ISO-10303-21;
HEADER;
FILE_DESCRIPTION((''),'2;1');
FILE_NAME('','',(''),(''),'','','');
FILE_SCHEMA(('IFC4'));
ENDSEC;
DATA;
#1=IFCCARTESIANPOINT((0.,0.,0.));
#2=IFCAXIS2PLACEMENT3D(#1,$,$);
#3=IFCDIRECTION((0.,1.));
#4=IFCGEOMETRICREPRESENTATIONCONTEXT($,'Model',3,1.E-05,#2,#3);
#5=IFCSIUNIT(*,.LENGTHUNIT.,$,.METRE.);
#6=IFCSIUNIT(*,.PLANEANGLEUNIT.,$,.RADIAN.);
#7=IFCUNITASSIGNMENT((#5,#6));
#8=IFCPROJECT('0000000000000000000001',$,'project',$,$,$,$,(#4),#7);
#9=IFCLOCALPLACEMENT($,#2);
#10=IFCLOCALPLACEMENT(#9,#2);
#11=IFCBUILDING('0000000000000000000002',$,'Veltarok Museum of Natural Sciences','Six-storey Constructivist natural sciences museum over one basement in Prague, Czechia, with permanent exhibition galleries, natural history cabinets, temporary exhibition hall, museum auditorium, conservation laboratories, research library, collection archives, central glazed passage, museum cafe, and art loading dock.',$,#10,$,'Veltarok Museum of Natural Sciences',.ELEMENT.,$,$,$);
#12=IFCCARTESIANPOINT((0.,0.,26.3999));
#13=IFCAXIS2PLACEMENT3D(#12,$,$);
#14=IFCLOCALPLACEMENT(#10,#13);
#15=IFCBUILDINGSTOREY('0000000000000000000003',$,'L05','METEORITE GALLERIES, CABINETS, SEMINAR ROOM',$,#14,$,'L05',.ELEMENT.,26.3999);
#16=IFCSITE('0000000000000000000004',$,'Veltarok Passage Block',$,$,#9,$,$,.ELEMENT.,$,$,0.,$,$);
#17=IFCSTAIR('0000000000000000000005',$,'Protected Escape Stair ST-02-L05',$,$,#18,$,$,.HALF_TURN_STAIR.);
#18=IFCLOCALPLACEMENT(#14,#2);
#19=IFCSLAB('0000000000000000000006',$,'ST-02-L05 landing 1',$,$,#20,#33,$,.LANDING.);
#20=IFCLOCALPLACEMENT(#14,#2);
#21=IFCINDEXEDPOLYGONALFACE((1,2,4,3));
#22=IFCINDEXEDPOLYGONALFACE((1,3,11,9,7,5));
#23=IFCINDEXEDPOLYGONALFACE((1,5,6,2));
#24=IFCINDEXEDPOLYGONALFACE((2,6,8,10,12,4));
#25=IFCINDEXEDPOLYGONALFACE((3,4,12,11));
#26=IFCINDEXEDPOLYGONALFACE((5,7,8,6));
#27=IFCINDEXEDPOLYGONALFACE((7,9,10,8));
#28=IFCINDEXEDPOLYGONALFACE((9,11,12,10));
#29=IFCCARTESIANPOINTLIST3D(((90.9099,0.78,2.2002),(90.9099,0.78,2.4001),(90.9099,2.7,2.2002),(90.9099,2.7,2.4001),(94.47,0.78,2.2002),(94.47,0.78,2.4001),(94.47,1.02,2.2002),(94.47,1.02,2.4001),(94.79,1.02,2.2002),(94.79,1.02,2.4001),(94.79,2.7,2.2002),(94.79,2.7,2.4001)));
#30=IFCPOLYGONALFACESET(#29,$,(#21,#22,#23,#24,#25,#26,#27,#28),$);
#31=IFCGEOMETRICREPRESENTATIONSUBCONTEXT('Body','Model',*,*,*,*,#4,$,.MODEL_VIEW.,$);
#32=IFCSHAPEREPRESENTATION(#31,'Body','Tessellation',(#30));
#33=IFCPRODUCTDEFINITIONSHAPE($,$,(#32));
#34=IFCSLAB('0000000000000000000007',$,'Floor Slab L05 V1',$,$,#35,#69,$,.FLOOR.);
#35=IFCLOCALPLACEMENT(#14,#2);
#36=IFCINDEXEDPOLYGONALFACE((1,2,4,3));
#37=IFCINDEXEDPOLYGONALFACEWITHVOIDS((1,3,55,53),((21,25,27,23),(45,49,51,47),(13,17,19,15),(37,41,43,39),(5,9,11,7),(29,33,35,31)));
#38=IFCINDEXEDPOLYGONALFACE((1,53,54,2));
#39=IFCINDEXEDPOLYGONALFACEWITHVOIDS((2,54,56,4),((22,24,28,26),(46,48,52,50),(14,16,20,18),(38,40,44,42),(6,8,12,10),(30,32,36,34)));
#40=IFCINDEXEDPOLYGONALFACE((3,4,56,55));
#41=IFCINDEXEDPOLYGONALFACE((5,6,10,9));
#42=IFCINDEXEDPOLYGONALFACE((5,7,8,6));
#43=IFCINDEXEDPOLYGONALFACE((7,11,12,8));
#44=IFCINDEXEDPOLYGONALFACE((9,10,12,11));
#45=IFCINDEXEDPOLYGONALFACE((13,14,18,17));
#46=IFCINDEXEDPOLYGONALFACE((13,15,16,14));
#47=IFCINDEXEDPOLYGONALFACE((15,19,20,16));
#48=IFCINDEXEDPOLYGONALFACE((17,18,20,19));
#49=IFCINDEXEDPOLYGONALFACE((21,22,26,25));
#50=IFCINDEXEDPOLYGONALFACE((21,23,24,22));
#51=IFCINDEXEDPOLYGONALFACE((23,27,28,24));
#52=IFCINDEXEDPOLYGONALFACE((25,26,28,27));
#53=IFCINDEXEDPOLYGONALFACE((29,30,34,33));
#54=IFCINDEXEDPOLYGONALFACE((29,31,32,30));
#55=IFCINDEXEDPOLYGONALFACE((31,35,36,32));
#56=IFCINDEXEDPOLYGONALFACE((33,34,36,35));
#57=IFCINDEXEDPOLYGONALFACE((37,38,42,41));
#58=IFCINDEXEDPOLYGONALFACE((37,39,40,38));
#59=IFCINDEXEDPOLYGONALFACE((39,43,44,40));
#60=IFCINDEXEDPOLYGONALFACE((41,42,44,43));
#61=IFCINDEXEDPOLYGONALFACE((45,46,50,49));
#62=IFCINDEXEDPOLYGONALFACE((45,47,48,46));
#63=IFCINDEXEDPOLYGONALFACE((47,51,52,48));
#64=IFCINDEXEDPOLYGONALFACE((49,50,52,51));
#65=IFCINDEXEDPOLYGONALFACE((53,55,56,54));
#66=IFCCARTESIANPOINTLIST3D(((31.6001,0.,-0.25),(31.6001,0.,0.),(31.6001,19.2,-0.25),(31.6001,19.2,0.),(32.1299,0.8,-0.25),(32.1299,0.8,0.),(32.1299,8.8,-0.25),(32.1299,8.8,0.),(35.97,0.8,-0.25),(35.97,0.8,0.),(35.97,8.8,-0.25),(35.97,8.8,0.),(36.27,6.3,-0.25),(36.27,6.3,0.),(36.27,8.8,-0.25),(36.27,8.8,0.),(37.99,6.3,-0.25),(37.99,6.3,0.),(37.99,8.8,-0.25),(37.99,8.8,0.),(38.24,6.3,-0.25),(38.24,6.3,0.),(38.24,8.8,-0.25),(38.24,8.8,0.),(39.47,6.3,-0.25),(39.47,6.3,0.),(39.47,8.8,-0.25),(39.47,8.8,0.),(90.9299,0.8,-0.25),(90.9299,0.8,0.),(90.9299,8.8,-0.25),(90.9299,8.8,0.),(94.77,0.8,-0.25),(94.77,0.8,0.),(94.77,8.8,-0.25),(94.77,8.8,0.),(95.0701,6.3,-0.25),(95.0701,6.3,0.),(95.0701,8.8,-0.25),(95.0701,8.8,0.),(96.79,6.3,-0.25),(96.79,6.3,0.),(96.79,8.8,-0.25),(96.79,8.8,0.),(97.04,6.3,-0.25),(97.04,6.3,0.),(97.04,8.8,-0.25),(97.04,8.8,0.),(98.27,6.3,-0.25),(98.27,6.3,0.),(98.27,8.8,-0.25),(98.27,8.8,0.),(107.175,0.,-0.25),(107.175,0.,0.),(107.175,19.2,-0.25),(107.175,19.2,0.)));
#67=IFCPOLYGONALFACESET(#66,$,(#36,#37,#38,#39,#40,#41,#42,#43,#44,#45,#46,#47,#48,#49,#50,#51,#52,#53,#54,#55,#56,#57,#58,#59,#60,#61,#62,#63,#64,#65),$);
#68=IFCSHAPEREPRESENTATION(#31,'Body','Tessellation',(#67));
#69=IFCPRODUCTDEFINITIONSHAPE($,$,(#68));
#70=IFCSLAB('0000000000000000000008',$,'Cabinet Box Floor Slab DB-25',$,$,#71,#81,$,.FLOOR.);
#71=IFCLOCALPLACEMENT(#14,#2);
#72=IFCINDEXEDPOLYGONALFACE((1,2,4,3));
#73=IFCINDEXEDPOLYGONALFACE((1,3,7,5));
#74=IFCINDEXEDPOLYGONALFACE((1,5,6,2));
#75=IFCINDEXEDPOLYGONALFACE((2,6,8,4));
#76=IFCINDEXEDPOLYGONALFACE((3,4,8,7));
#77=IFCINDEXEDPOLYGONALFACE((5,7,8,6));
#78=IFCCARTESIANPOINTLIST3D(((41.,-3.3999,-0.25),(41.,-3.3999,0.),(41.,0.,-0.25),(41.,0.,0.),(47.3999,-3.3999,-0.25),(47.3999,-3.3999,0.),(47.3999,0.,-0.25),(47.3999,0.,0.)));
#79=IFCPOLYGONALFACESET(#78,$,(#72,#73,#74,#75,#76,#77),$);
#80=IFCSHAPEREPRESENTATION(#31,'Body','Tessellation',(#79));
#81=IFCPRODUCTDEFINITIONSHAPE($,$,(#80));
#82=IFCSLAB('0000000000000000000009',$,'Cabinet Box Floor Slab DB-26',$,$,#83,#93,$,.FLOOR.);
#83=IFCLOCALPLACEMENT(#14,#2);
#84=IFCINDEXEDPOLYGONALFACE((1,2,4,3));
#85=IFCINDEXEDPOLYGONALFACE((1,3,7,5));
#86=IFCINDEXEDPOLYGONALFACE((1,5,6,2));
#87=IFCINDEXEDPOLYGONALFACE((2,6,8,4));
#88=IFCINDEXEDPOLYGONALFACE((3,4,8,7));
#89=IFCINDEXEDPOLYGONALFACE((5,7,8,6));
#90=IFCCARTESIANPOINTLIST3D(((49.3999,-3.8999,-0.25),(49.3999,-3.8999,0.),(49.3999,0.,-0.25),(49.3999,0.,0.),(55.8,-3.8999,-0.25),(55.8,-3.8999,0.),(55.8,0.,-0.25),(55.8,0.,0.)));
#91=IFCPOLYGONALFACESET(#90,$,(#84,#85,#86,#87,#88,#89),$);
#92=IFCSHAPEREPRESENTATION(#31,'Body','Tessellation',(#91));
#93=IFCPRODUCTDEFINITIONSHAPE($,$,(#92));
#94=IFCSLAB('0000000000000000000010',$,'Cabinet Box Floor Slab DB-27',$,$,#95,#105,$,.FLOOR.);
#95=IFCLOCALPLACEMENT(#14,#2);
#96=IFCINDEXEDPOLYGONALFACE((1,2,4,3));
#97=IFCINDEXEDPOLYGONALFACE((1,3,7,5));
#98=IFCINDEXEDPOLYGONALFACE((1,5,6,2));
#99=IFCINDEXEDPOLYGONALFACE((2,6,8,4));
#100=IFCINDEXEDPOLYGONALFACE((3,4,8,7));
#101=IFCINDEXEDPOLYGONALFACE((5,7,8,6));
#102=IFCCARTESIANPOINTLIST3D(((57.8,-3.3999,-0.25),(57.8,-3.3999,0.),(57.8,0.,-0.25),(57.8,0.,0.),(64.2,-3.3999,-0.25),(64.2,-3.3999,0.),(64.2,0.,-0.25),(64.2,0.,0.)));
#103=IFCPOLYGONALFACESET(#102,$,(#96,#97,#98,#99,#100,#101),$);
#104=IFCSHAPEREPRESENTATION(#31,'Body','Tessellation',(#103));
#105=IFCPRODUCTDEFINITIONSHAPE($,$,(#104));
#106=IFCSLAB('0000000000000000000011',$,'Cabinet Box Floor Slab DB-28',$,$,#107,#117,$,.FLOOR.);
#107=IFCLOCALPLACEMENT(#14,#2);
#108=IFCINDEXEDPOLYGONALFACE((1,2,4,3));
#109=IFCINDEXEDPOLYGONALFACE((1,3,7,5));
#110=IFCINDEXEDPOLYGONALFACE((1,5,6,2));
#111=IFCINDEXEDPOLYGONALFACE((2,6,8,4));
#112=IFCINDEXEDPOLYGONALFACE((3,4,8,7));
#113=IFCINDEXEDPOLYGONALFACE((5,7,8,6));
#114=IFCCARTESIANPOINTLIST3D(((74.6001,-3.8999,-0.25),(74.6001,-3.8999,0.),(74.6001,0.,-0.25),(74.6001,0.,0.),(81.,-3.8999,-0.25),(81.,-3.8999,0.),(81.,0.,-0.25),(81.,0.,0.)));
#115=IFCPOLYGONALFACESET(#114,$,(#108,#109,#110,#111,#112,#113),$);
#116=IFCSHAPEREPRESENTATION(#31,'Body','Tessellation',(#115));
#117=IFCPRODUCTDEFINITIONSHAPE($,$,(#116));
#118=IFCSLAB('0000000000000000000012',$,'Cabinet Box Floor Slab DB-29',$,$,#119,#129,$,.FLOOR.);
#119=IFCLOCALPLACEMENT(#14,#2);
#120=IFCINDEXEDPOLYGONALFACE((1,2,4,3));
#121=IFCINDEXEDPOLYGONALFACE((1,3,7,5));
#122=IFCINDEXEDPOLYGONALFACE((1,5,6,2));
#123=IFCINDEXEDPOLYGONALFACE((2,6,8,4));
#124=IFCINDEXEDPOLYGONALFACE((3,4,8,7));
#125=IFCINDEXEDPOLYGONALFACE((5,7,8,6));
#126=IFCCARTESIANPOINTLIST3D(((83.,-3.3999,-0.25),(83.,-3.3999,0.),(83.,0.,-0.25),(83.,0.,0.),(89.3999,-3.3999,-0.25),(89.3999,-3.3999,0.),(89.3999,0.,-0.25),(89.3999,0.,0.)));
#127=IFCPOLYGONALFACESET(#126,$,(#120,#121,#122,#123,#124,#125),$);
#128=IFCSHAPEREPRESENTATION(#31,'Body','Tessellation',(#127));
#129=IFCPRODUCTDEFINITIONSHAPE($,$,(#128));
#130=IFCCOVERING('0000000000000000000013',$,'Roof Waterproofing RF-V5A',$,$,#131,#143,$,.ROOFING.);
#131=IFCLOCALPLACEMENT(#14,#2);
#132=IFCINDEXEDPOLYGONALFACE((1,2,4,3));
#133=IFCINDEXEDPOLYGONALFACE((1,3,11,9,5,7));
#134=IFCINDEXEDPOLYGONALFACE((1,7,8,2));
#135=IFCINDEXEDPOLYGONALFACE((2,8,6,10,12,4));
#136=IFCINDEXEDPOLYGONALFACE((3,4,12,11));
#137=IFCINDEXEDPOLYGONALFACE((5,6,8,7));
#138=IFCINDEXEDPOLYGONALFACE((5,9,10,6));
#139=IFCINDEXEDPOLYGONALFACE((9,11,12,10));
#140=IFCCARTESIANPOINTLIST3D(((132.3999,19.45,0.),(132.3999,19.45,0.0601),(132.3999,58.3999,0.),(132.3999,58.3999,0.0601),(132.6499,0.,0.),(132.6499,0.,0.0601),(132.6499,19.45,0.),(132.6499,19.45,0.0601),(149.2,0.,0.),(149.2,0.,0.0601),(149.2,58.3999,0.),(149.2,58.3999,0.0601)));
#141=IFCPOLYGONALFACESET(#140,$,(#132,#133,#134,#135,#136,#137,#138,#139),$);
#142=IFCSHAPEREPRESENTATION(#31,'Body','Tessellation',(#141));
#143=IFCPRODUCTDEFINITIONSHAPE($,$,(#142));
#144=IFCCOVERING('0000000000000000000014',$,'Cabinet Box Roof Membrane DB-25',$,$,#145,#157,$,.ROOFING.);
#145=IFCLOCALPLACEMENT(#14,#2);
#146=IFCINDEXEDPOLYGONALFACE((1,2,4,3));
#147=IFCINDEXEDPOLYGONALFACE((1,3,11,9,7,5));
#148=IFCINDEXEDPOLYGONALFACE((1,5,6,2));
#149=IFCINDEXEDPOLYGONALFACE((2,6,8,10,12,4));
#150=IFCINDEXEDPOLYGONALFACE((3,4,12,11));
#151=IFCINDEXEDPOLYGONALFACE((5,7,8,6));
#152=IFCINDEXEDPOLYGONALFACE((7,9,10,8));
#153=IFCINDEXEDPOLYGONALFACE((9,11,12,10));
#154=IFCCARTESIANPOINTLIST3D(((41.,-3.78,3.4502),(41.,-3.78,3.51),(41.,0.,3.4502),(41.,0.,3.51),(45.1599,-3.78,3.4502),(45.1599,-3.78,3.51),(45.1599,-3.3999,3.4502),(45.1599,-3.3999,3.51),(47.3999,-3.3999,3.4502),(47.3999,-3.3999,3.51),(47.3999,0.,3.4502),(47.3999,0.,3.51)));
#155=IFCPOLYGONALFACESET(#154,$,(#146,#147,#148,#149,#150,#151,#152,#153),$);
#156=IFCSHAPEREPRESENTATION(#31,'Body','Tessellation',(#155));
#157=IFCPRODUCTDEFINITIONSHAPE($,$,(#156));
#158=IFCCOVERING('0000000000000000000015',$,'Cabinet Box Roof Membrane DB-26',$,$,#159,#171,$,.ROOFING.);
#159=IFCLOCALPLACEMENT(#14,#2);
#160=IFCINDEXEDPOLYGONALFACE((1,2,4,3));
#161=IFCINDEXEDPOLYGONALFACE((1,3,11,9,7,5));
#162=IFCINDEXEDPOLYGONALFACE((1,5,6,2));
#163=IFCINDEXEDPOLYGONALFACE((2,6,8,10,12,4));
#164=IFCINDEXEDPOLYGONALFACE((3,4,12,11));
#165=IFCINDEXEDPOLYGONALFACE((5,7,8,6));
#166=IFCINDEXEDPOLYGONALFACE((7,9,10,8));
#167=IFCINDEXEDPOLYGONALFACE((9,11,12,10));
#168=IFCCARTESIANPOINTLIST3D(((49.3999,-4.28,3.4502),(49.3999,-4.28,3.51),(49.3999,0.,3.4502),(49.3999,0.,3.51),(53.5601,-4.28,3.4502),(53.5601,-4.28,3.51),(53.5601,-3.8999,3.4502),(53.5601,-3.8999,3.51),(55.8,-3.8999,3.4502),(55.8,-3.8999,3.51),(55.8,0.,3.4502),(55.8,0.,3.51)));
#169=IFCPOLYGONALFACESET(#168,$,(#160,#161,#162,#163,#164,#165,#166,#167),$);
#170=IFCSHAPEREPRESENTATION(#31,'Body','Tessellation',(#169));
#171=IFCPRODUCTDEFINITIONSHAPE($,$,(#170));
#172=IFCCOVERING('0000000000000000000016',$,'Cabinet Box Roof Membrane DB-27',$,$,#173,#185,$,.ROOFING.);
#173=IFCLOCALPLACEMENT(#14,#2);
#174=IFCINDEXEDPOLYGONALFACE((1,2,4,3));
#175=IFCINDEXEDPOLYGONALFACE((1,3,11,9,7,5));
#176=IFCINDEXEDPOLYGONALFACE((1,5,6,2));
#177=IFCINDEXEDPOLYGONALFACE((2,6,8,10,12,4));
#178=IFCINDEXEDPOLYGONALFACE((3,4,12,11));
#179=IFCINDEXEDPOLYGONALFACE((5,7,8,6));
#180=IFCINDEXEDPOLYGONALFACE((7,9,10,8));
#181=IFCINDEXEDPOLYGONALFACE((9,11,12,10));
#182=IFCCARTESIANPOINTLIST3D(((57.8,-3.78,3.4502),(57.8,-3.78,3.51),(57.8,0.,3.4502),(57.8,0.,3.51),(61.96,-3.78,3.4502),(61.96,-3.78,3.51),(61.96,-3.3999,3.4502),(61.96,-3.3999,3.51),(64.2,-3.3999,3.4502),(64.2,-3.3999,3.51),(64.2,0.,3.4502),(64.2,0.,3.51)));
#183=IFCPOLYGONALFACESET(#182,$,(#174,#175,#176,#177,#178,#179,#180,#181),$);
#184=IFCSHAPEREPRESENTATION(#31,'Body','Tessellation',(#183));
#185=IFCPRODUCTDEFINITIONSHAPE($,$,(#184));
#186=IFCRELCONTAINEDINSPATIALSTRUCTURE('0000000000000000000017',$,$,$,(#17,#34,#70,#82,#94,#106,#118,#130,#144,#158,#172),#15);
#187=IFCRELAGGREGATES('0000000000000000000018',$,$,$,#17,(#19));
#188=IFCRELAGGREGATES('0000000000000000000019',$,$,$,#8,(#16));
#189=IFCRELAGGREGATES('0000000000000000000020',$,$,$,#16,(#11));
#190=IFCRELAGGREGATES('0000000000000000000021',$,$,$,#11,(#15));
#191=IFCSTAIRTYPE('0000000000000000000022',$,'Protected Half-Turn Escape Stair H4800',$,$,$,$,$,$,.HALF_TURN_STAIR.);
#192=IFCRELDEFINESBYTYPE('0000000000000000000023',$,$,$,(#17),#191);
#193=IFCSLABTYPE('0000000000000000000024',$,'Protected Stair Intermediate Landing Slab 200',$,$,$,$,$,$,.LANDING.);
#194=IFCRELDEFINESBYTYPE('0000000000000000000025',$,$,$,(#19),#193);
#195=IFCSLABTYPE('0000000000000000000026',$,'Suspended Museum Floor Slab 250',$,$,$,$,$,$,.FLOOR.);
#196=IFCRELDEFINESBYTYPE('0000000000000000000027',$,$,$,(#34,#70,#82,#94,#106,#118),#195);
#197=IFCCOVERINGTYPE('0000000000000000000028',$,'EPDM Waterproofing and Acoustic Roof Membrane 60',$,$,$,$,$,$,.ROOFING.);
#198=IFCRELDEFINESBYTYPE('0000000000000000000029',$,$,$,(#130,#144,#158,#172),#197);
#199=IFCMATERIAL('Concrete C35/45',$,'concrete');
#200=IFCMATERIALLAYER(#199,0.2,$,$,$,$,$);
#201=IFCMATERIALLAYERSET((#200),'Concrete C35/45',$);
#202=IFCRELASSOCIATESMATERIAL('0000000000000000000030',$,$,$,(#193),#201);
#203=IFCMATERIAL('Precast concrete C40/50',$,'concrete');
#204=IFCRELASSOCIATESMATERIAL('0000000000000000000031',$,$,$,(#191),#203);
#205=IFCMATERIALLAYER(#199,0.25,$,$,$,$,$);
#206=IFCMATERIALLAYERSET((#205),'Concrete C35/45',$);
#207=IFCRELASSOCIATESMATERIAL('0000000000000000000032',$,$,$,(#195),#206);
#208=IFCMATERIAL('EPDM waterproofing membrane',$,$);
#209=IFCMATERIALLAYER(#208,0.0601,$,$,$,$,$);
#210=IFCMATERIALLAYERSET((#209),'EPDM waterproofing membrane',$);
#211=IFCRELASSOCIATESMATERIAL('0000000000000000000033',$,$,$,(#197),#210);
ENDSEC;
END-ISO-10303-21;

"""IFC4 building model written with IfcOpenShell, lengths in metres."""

from ifc_helpers import new_model, si_unit, direction, frame, origin, place, context, subcontext, project, spatial, polyline, outline, extrude, material, layer, layer_set, type_object, element, aggregate, save


model = new_model("IFC4")

# Units and contexts
model_context = context("Model", 3, precision=1e-05, world=origin(), true_north=direction((0.0, 1.0)))
body_context = subcontext(model_context, "Body", "Model", "MODEL_VIEW")
ifc_project = project(units=[si_unit("LENGTHUNIT", "METRE"), si_unit("PLANEANGLEUNIT", "RADIAN")], contexts=[model_context])

# Site, building, storey
site_placement = place(None, origin())
site = spatial("IfcSite", under=ifc_project, at=site_placement, Name="Veltarok Passage Block", CompositionType="ELEMENT", RefElevation=0.0)
building_placement = place(site_placement, origin())
building = spatial("IfcBuilding", under=site, at=building_placement, Name="Veltarok Museum of Natural Sciences", Description="Six-storey Constructivist natural sciences museum over one basement in Prague, Czechia, with permanent exhibition galleries, natural history cabinets, temporary exhibition hall, museum auditorium, conservation laboratories, research library, collection archives, central glazed passage, museum cafe, and art loading dock.", LongName="Veltarok Museum of Natural Sciences", CompositionType="ELEMENT")
storey_placement = place(building_placement, frame((0.0, 0.0, 26.3999)))
storey = spatial("IfcBuildingStorey", under=building, at=storey_placement, Name="L05", Description="METEORITE GALLERIES, CABINETS, SEMINAR ROOM", LongName="L05", CompositionType="ELEMENT", Elevation=26.3999)

# Shared definitions
ifc_material_1 = material(Name="Concrete C35/45", Category="concrete")

# Shared definitions
ifc_layer_1 = layer(ifc_material_1, 0.2)
ifc_layer_set_1 = layer_set([ifc_layer_1], Name="Concrete C35/45")
slab_type_1 = type_object("IfcSlabType", Name="Protected Stair Intermediate Landing Slab 200", PredefinedType="LANDING", material=ifc_layer_set_1)

# Shared definitions
ifc_material_2 = material(Name="Precast concrete C40/50", Category="concrete")
stair_type = type_object("IfcStairType", Name="Protected Half-Turn Escape Stair H4800", PredefinedType="HALF_TURN_STAIR", material=ifc_material_2)

# Stair, slab
stair_1_placement = place(storey_placement, origin())
stair_1 = element("IfcStair", 1, at=stair_1_placement, inside=storey, type_object=stair_type, Name="Protected Escape Stair ST-02-L05", PredefinedType="HALF_TURN_STAIR")
slab_1_placement = place(storey_placement, frame((0.0, 0.0, 2.2002)))
slab_1 = element("IfcSlab", 2, at=slab_1_placement, type_object=slab_type_1, Name="ST-02-L05 landing 1", PredefinedType="LANDING", context=body_context, shape_type="SweptSolid", body=[
    extrude(outline(polyline([(90.9099, 0.78), (94.47, 0.78), (94.47, 1.02), (94.79, 1.02), (94.79, 2.7), (90.9099, 2.7), (90.9099, 0.78)])), origin(), (0.0, 0.0, 1.0), 0.2),
])
aggregate(stair_1, [slab_1])

# Slabs
ifc_layer_2 = layer(ifc_material_1, 0.25)
ifc_layer_set_2 = layer_set([ifc_layer_2], Name="Concrete C35/45")
slab_type_2 = type_object("IfcSlabType", Name="Suspended Museum Floor Slab 250", PredefinedType="FLOOR", material=ifc_layer_set_2)
slab_2_placement = place(storey_placement, frame((0.0, 0.0, -0.25)))
element("IfcSlab", 3, at=slab_2_placement, inside=storey, type_object=slab_type_2, Name="Floor Slab L05 V1", PredefinedType="FLOOR", context=body_context, shape_type="SweptSolid", body=[
    extrude(outline(polyline([(31.6001, 0.0), (31.6001, 19.2), (107.175, 19.2), (107.175, 0.0), (31.6001, 0.0)]), holes=[polyline([(32.1299, 0.8), (35.97, 0.8), (35.97, 8.8), (32.1299, 8.8), (32.1299, 0.8)]), polyline([(90.9299, 8.8), (90.9299, 0.8), (94.77, 0.8), (94.77, 8.8), (90.9299, 8.8)]), polyline([(36.27, 8.8), (36.27, 6.3), (37.99, 6.3), (37.99, 8.8), (36.27, 8.8)]), polyline([(38.24, 6.3), (39.47, 6.3), (39.47, 8.8), (38.24, 8.8), (38.24, 6.3)]), polyline([(95.0701, 8.8), (95.0701, 6.3), (96.79, 6.3), (96.79, 8.8), (95.0701, 8.8)]), polyline([(97.04, 8.8), (97.04, 6.3), (98.27, 6.3), (98.27, 8.8), (97.04, 8.8)])]), origin(), (0.0, 0.0, 1.0), 0.25),
])
slab_3_placement = place(storey_placement, frame((0.0, 0.0, -0.25)))
element("IfcSlab", 4, at=slab_3_placement, inside=storey, type_object=slab_type_2, Name="Cabinet Box Floor Slab DB-25", PredefinedType="FLOOR", context=body_context, shape_type="SweptSolid", body=[
    extrude(outline(polyline([(41.0, -3.3999), (47.3999, -3.3999), (47.3999, 0.0), (41.0, 0.0), (41.0, -3.3999)])), origin(), (0.0, 0.0, 1.0), 0.25),
])
slab_4_placement = place(storey_placement, frame((0.0, 0.0, -0.25)))
element("IfcSlab", 5, at=slab_4_placement, inside=storey, type_object=slab_type_2, Name="Cabinet Box Floor Slab DB-26", PredefinedType="FLOOR", context=body_context, shape_type="SweptSolid", body=[
    extrude(outline(polyline([(49.3999, -3.8999), (55.8, -3.8999), (55.8, 0.0), (49.3999, 0.0), (49.3999, -3.8999)])), origin(), (0.0, 0.0, 1.0), 0.25),
])
slab_5_placement = place(storey_placement, frame((0.0, 0.0, -0.25)))
element("IfcSlab", 6, at=slab_5_placement, inside=storey, type_object=slab_type_2, Name="Cabinet Box Floor Slab DB-27", PredefinedType="FLOOR", context=body_context, shape_type="SweptSolid", body=[
    extrude(outline(polyline([(57.8, -3.3999), (64.2, -3.3999), (64.2, 0.0), (57.8, 0.0), (57.8, -3.3999)])), origin(), (0.0, 0.0, 1.0), 0.25),
])
slab_6_placement = place(storey_placement, frame((0.0, 0.0, -0.25)))
element("IfcSlab", 7, at=slab_6_placement, inside=storey, type_object=slab_type_2, Name="Cabinet Box Floor Slab DB-28", PredefinedType="FLOOR", context=body_context, shape_type="SweptSolid", body=[
    extrude(outline(polyline([(74.6001, -3.8999), (81.0, -3.8999), (81.0, 0.0), (74.6001, 0.0), (74.6001, -3.8999)])), origin(), (0.0, 0.0, 1.0), 0.25),
])
slab_7_placement = place(storey_placement, frame((0.0, 0.0, -0.25)))
element("IfcSlab", 8, at=slab_7_placement, inside=storey, type_object=slab_type_2, Name="Cabinet Box Floor Slab DB-29", PredefinedType="FLOOR", context=body_context, shape_type="SweptSolid", body=[
    extrude(outline(polyline([(83.0, -3.3999), (89.3999, -3.3999), (89.3999, 0.0), (83.0, 0.0), (83.0, -3.3999)])), origin(), (0.0, 0.0, 1.0), 0.25),
])

# Coverings
ifc_material_3 = material(Name="EPDM waterproofing membrane")
ifc_layer_3 = layer(ifc_material_3, 0.0601)
ifc_layer_set_3 = layer_set([ifc_layer_3], Name="EPDM waterproofing membrane")
covering_type = type_object("IfcCoveringType", Name="EPDM Waterproofing and Acoustic Roof Membrane 60", PredefinedType="ROOFING", material=ifc_layer_set_3)
covering_1_placement = place(storey_placement, origin())
element("IfcCovering", 9, at=covering_1_placement, inside=storey, type_object=covering_type, Name="Roof Waterproofing RF-V5A", PredefinedType="ROOFING", context=body_context, shape_type="SweptSolid", body=[
    extrude(outline(polyline([(149.2, 58.3999), (149.2, 0.0), (132.6499, 0.0), (132.6499, 19.45), (132.3999, 19.45), (132.3999, 58.3999), (149.2, 58.3999)])), origin(), (0.0, 0.0, 1.0), 0.0601),
])
covering_2_placement = place(storey_placement, frame((0.0, 0.0, 3.4502)))
element("IfcCovering", 10, at=covering_2_placement, inside=storey, type_object=covering_type, Name="Cabinet Box Roof Membrane DB-25", PredefinedType="ROOFING", context=body_context, shape_type="SweptSolid", body=[
    extrude(outline(polyline([(41.0, -3.78), (45.1599, -3.78), (45.1599, -3.3999), (47.3999, -3.3999), (47.3999, 0.0), (41.0, 0.0), (41.0, -3.78)])), origin(), (0.0, 0.0, 1.0), 0.0598),
])
covering_3_placement = place(storey_placement, frame((0.0, 0.0, 3.4502)))
element("IfcCovering", 11, at=covering_3_placement, inside=storey, type_object=covering_type, Name="Cabinet Box Roof Membrane DB-26", PredefinedType="ROOFING", context=body_context, shape_type="SweptSolid", body=[
    extrude(outline(polyline([(49.3999, -4.28), (53.5601, -4.28), (53.5601, -3.8999), (55.8, -3.8999), (55.8, 0.0), (49.3999, 0.0), (49.3999, -4.28)])), origin(), (0.0, 0.0, 1.0), 0.0598),
])
covering_4_placement = place(storey_placement, frame((0.0, 0.0, 3.4502)))
element("IfcCovering", 12, at=covering_4_placement, inside=storey, type_object=covering_type, Name="Cabinet Box Roof Membrane DB-27", PredefinedType="ROOFING", context=body_context, shape_type="SweptSolid", body=[
    extrude(outline(polyline([(57.8, -3.78), (61.96, -3.78), (61.96, -3.3999), (64.2, -3.3999), (64.2, 0.0), (57.8, 0.0), (57.8, -3.78)])), origin(), (0.0, 0.0, 1.0), 0.0598),
])

save(model, "model.ifc")
